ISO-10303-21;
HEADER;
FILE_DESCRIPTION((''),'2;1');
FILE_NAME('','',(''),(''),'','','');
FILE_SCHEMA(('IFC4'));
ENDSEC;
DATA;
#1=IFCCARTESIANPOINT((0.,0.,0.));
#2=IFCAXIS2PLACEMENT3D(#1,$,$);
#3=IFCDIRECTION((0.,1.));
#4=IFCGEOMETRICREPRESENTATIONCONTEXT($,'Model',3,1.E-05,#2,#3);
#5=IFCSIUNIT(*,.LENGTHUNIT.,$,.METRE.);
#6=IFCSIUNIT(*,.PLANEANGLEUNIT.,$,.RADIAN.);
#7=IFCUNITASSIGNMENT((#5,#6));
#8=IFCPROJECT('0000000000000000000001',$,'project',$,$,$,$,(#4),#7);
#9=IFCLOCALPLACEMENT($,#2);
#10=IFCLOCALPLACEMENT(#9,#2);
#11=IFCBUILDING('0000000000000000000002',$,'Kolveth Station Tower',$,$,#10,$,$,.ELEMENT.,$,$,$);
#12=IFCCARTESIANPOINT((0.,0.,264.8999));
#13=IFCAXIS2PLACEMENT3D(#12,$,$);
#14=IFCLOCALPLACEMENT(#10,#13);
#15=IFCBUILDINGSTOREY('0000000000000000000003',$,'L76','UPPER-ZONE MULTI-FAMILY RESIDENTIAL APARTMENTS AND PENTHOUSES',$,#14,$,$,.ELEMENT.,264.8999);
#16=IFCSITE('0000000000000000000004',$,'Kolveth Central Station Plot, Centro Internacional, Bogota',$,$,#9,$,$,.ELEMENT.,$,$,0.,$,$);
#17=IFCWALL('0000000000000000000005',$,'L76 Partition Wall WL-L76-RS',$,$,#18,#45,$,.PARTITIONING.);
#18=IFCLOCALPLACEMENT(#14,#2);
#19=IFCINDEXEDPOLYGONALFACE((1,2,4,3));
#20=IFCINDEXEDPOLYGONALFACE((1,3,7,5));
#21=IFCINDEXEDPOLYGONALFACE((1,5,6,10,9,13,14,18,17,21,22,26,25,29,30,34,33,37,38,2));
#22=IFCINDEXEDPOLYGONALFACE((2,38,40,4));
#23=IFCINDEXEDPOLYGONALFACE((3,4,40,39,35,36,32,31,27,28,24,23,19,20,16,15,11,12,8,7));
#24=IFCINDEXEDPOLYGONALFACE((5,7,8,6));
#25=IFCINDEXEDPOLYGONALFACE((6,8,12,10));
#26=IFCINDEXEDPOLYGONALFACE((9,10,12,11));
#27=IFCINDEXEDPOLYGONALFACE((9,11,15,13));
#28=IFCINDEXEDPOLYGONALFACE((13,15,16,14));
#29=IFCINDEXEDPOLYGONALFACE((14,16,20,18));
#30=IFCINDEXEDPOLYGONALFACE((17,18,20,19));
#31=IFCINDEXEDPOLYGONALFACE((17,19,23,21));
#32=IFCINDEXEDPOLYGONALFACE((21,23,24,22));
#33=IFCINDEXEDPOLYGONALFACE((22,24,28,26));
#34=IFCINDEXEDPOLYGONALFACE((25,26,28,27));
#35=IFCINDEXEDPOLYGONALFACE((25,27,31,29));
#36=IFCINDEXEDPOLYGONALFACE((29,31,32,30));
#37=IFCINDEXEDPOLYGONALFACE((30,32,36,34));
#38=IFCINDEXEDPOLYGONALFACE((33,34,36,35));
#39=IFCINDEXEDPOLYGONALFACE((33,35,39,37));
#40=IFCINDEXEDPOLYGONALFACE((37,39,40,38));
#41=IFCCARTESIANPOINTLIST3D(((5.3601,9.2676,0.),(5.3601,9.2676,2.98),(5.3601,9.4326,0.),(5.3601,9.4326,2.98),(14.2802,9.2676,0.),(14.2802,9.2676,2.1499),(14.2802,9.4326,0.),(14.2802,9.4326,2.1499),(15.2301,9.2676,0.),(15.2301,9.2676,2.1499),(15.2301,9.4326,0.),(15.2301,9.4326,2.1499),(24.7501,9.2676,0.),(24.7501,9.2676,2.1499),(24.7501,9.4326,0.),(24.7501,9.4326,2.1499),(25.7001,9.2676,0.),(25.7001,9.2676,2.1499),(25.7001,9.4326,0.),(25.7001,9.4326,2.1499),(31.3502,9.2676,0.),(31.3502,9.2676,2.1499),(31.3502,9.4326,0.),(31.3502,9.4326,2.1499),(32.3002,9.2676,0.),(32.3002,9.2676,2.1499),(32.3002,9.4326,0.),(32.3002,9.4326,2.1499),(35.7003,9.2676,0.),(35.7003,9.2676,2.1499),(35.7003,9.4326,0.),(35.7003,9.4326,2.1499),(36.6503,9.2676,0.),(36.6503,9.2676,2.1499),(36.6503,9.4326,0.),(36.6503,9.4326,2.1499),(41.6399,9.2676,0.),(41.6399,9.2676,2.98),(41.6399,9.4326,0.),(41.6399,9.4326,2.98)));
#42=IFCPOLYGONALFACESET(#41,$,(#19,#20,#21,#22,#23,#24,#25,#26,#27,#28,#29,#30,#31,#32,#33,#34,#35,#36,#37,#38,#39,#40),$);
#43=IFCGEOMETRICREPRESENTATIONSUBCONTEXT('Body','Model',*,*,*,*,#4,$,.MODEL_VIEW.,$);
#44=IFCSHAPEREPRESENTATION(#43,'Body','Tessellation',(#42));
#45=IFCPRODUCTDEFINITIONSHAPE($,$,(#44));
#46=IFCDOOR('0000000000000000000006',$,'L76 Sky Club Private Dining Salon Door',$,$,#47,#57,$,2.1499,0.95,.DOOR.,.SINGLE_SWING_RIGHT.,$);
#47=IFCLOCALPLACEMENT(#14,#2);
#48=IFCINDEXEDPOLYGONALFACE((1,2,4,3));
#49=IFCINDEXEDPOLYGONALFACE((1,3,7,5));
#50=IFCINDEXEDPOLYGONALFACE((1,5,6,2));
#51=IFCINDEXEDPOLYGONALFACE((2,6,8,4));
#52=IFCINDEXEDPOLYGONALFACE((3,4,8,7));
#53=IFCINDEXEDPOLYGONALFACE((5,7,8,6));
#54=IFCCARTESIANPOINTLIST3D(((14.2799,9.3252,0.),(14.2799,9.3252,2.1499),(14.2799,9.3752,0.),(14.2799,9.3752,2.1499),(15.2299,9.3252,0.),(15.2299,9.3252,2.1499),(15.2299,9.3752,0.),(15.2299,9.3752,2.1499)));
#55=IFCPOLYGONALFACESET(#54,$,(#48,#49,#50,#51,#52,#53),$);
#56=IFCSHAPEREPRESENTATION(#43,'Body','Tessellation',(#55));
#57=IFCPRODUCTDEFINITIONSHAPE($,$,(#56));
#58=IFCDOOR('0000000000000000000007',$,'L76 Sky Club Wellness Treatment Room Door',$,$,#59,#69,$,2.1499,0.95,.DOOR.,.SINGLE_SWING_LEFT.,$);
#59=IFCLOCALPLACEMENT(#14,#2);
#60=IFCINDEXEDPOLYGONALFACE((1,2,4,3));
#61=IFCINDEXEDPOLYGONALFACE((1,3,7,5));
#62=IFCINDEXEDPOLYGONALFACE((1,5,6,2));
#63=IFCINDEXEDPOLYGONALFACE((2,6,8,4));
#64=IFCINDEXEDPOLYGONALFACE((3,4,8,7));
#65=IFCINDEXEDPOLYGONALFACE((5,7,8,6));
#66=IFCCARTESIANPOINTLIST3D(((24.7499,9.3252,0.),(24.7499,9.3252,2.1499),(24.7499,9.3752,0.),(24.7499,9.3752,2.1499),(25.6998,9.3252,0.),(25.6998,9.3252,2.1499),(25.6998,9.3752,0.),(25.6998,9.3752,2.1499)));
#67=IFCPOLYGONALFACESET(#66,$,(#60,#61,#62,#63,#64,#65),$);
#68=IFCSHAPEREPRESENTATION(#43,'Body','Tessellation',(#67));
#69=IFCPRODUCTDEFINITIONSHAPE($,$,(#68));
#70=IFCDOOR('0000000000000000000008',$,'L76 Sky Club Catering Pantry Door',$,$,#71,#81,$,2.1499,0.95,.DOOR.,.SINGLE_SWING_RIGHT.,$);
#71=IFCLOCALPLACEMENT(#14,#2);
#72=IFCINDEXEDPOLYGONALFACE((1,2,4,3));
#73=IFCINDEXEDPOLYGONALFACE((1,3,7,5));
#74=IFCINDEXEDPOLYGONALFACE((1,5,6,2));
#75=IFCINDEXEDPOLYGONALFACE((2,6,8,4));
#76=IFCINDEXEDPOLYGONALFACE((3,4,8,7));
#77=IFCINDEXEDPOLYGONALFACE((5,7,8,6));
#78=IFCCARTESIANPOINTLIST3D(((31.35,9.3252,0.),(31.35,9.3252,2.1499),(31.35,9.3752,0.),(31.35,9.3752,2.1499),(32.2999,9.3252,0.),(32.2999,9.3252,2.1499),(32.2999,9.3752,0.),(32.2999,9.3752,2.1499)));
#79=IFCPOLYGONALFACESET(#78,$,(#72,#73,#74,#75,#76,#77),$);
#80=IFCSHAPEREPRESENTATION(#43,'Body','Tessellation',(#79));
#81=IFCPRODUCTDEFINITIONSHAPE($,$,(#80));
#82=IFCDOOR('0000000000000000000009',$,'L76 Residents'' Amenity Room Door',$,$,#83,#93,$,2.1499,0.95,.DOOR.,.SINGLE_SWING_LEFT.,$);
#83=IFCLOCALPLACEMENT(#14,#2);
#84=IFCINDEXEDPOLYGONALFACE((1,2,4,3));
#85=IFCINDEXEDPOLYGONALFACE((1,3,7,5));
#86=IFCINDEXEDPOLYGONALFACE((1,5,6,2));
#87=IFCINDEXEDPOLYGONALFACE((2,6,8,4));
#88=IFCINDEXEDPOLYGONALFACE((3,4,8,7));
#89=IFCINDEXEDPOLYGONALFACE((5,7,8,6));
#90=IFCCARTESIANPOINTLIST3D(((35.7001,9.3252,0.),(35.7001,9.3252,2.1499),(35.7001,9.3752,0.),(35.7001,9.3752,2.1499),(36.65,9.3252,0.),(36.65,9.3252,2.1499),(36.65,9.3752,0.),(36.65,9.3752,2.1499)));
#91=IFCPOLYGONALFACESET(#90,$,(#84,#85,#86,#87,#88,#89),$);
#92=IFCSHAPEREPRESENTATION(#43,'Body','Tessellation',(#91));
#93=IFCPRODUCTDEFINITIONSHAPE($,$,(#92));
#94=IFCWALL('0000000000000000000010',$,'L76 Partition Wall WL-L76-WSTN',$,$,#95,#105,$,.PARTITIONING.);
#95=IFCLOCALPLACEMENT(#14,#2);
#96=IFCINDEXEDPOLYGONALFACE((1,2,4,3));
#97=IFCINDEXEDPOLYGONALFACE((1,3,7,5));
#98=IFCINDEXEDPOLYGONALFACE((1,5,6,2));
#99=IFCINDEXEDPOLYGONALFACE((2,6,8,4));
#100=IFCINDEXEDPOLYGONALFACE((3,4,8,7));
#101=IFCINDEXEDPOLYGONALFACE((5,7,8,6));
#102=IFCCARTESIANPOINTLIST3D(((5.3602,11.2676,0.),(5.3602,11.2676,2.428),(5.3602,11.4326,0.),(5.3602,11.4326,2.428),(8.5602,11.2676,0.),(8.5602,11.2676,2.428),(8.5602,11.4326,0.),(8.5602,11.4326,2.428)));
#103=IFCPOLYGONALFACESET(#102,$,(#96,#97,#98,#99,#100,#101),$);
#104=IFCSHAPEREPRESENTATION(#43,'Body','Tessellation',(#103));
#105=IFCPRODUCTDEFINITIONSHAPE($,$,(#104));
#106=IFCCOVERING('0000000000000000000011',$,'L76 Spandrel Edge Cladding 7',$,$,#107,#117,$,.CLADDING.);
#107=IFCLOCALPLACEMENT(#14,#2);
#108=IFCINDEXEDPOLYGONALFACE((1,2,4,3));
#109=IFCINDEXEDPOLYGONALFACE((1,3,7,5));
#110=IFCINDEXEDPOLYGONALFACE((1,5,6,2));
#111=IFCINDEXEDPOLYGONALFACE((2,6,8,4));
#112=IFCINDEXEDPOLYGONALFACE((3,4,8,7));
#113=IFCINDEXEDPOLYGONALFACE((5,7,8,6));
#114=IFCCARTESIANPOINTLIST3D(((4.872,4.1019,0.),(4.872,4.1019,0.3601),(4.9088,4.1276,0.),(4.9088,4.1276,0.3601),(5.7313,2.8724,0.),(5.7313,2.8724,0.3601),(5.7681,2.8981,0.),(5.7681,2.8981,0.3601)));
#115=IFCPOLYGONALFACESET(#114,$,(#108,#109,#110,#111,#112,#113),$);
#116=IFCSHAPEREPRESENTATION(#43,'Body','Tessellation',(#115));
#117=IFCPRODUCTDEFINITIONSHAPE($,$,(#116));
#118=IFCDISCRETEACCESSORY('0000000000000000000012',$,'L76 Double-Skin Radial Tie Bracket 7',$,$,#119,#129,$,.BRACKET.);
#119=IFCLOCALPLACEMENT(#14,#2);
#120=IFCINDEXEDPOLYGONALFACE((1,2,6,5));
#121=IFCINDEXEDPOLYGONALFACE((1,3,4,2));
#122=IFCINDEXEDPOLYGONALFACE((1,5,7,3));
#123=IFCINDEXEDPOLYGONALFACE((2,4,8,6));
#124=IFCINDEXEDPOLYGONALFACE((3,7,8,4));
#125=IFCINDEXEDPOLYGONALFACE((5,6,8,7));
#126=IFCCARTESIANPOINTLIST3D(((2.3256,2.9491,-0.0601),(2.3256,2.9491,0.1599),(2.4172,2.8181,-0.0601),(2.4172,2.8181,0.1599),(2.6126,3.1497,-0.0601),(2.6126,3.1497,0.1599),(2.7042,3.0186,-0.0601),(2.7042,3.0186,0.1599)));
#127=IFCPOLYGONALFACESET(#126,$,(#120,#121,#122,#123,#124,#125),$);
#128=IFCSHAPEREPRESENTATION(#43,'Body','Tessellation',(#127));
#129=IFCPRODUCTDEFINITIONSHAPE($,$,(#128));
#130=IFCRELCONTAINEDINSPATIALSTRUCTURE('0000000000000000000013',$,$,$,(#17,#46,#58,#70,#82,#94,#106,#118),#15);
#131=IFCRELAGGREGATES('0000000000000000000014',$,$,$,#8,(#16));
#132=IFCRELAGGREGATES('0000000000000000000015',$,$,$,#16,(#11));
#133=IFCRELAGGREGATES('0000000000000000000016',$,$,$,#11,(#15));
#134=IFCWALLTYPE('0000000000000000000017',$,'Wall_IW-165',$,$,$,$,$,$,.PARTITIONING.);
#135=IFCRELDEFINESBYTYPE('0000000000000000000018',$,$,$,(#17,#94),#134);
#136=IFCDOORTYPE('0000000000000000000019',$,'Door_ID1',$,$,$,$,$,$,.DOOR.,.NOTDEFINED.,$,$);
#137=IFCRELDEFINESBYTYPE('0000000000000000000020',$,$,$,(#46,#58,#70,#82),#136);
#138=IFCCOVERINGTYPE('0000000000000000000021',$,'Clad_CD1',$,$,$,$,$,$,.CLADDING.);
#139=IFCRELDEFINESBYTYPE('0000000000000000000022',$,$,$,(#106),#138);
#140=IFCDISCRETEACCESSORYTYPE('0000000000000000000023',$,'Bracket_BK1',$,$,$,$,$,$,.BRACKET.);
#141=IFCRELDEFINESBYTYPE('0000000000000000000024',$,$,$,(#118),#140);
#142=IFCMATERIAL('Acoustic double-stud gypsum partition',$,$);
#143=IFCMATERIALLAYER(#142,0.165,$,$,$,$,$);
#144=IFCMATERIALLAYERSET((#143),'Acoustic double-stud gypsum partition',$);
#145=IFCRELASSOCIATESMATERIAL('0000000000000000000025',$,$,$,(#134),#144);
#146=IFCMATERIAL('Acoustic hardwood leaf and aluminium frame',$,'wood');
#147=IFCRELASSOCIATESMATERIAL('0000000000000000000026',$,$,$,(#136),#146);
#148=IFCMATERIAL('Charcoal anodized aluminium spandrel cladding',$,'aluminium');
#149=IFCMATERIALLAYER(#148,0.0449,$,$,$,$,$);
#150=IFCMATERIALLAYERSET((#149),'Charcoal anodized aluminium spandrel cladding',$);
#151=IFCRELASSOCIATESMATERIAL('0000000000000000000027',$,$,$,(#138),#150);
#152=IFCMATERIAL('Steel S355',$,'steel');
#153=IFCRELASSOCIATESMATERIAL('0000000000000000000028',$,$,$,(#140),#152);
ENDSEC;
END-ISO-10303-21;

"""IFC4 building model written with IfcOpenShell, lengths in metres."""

from ifc_helpers import new_model, si_unit, direction, frame, frame_2d, origin, origin_2d, place, context, subcontext, project, spatial, rectangle, extrude, source, transform, mapped, material, layer, layer_set, type_object, element, fill, save


model = new_model("IFC4")

# Units and contexts
model_context = context("Model", 3, precision=1e-05, world=origin(), true_north=direction((0.0, 1.0)))
body_context = subcontext(model_context, "Body", "Model", "MODEL_VIEW")
ifc_project = project(units=[si_unit("LENGTHUNIT", "METRE"), si_unit("PLANEANGLEUNIT", "RADIAN")], contexts=[model_context])

# Site, building, storey
site_placement = place(None, origin())
site = spatial("IfcSite", under=ifc_project, at=site_placement, Name="Kolveth Central Station Plot, Centro Internacional, Bogota", CompositionType="ELEMENT", RefElevation=0.0)
building_placement = place(site_placement, origin())
building = spatial("IfcBuilding", under=site, at=building_placement, Name="Kolveth Station Tower", CompositionType="ELEMENT")
storey_placement = place(building_placement, frame((0.0, 0.0, 264.8999)))
storey = spatial("IfcBuildingStorey", under=building, at=storey_placement, Name="L76", Description="UPPER-ZONE MULTI-FAMILY RESIDENTIAL APARTMENTS AND PENTHOUSES", CompositionType="ELEMENT", Elevation=264.8999)

# Shared definitions
ifc_material_1 = material(Name="Steel S355", Category="steel")

# Wall, openings, doors
ifc_material_2 = material(Name="Acoustic double-stud gypsum partition")
ifc_layer_1 = layer(ifc_material_2, 0.165)
ifc_layer_set_1 = layer_set([ifc_layer_1], Name="Acoustic double-stud gypsum partition")
wall_type = type_object("IfcWallType", Name="Wall_IW-165", PredefinedType="PARTITIONING", material=ifc_layer_set_1)
wall_1_placement = place(storey_placement, frame((5.3601, 9.3501, 0.0), z_axis=(0.0, 0.0, 1.0), x_axis=(1.0, 0.0, 0.0)))
wall_1 = element("IfcWall", 1, at=wall_1_placement, inside=storey, type_object=wall_type, Name="L76 Partition Wall WL-L76-RS", PredefinedType="PARTITIONING", context=body_context, shape_type="SweptSolid", body=[
    extrude(rectangle(XDim=36.2798, YDim=0.165, at=frame_2d((18.1399, 0.0))), origin(), (0.0, 0.0, 1.0), 2.98),
])
opening_1_placement = place(wall_1_placement, frame((8.9199, 0.0, 0.0)))
opening_1 = element("IfcOpeningElement", 2, at=opening_1_placement, cuts=wall_1, PredefinedType="OPENING", context=body_context, shape_type="SweptSolid", body=[
    extrude(rectangle(XDim=0.95, YDim=2.1499, at=frame_2d((0.4751, 1.075))), frame((0.0, 0.0925, 0.0), z_axis=(0.0, -1.0, 0.0), x_axis=(1.0, 0.0, 0.0)), (0.0, 0.0, 1.0), 0.1851),
])
opening_2_placement = place(wall_1_placement, frame((19.3899, 0.0, 0.0)))
opening_2 = element("IfcOpeningElement", 3, at=opening_2_placement, cuts=wall_1, PredefinedType="OPENING", context=body_context, shape_type="SweptSolid", body=[
    extrude(rectangle(XDim=0.95, YDim=2.1499, at=frame_2d((0.4751, 1.075))), frame((0.0, 0.0925, 0.0), z_axis=(0.0, -1.0, 0.0), x_axis=(1.0, 0.0, 0.0)), (0.0, 0.0, 1.0), 0.1851),
])
opening_3_placement = place(wall_1_placement, frame((25.99, 0.0, 0.0)))
opening_3 = element("IfcOpeningElement", 4, at=opening_3_placement, cuts=wall_1, PredefinedType="OPENING", context=body_context, shape_type="SweptSolid", body=[
    extrude(rectangle(XDim=0.95, YDim=2.1499, at=frame_2d((0.4751, 1.075))), frame((0.0, 0.0925, 0.0), z_axis=(0.0, -1.0, 0.0), x_axis=(1.0, 0.0, 0.0)), (0.0, 0.0, 1.0), 0.1851),
])
opening_4_placement = place(wall_1_placement, frame((30.3401, 0.0, 0.0)))
opening_4 = element("IfcOpeningElement", 5, at=opening_4_placement, cuts=wall_1, PredefinedType="OPENING", context=body_context, shape_type="SweptSolid", body=[
    extrude(rectangle(XDim=0.95, YDim=2.1499, at=frame_2d((0.4751, 1.075))), frame((0.0, 0.0925, 0.0), z_axis=(0.0, -1.0, 0.0), x_axis=(1.0, 0.0, 0.0)), (0.0, 0.0, 1.0), 0.1851),
])
ifc_material_3 = material(Name="Acoustic hardwood leaf and aluminium frame", Category="wood")
door_type = type_object("IfcDoorType", Name="Door_ID1", OperationType="NOTDEFINED", PredefinedType="DOOR", material=ifc_material_3)
door_1_placement = place(opening_1_placement, frame((0.95, 0.0, 0.0), z_axis=(0.0, 0.0, 1.0), x_axis=(-1.0, 0.0, 0.0)))
door_1 = element("IfcDoor", 6, at=door_1_placement, inside=storey, type_object=door_type, Name="L76 Sky Club Private Dining Salon Door", OperationType="SINGLE_SWING_RIGHT", OverallHeight=2.1499, OverallWidth=0.95, PredefinedType="DOOR", context=body_context, shape_type="SweptSolid", body=[
    extrude(rectangle(XDim=0.95, YDim=2.1499, at=frame_2d((0.4751, 1.075))), frame((0.0, 0.0249, 0.0), z_axis=(0.0, -1.0, 0.0), x_axis=(1.0, 0.0, 0.0)), (0.0, 0.0, 1.0), 0.05),
])
fill(opening_1, door_1)
door_2_placement = place(opening_2_placement, frame((0.95, 0.0, 0.0), z_axis=(0.0, 0.0, 1.0), x_axis=(-1.0, 0.0, 0.0)))
door_2 = element("IfcDoor", 7, at=door_2_placement, inside=storey, type_object=door_type, Name="L76 Sky Club Wellness Treatment Room Door", OperationType="SINGLE_SWING_LEFT", OverallHeight=2.1499, OverallWidth=0.95, PredefinedType="DOOR", context=body_context, shape_type="SweptSolid", body=[
    extrude(rectangle(XDim=0.95, YDim=2.1499, at=frame_2d((0.4751, 1.075))), frame((0.0, 0.0249, 0.0), z_axis=(0.0, -1.0, 0.0), x_axis=(1.0, 0.0, 0.0)), (0.0, 0.0, 1.0), 0.05),
])
fill(opening_2, door_2)
door_3_placement = place(opening_3_placement, frame((0.95, 0.0, 0.0), z_axis=(0.0, 0.0, 1.0), x_axis=(-1.0, 0.0, 0.0)))
door_3 = element("IfcDoor", 8, at=door_3_placement, inside=storey, type_object=door_type, Name="L76 Sky Club Catering Pantry Door", OperationType="SINGLE_SWING_RIGHT", OverallHeight=2.1499, OverallWidth=0.95, PredefinedType="DOOR", context=body_context, shape_type="SweptSolid", body=[
    extrude(rectangle(XDim=0.95, YDim=2.1499, at=frame_2d((0.4751, 1.075))), frame((0.0, 0.0249, 0.0), z_axis=(0.0, -1.0, 0.0), x_axis=(1.0, 0.0, 0.0)), (0.0, 0.0, 1.0), 0.05),
])
fill(opening_3, door_3)
door_4_placement = place(opening_4_placement, frame((0.95, 0.0, 0.0), z_axis=(0.0, 0.0, 1.0), x_axis=(-1.0, 0.0, 0.0)))
door_4 = element("IfcDoor", 9, at=door_4_placement, inside=storey, type_object=door_type, Name="L76 Residents' Amenity Room Door", OperationType="SINGLE_SWING_LEFT", OverallHeight=2.1499, OverallWidth=0.95, PredefinedType="DOOR", context=body_context, shape_type="SweptSolid", body=[
    extrude(rectangle(XDim=0.95, YDim=2.1499, at=frame_2d((0.4751, 1.075))), frame((0.0, 0.0249, 0.0), z_axis=(0.0, -1.0, 0.0), x_axis=(1.0, 0.0, 0.0)), (0.0, 0.0, 1.0), 0.05),
])
fill(opening_4, door_4)

# Wall
wall_2_placement = place(storey_placement, frame((5.3601, 11.3501, 0.0), z_axis=(0.0, 0.0, 1.0), x_axis=(1.0, 0.0, 0.0)))
element("IfcWall", 10, at=wall_2_placement, inside=storey, type_object=wall_type, Name="L76 Partition Wall WL-L76-WSTN", PredefinedType="PARTITIONING", context=body_context, shape_type="SweptSolid", body=[
    extrude(rectangle(XDim=3.2, YDim=0.165, at=frame_2d((1.6001, 0.0))), origin(), (0.0, 0.0, 1.0), 2.428),
])

# Covering
ifc_material_4 = material(Name="Charcoal anodized aluminium spandrel cladding", Category="aluminium")
ifc_layer_2 = layer(ifc_material_4, 0.0449)
ifc_layer_set_2 = layer_set([ifc_layer_2], Name="Charcoal anodized aluminium spandrel cladding")
covering_type = type_object("IfcCoveringType", Name="Clad_CD1", PredefinedType="CLADDING", material=ifc_layer_set_2)
shared_shape_1 = source(origin(), body_context, "Body", "SweptSolid", [
    extrude(rectangle(XDim=1.5, YDim=0.0449, at=origin_2d()), origin(), (0.0, 0.0, 1.0), 0.3601),
])
covering_placement = place(storey_placement, frame((5.3201, 3.5, 0.0), z_axis=(0.0, 0.0, 1.0), x_axis=(0.572861, -0.819652, 0.0)))
element("IfcCovering", 11, at=covering_placement, inside=storey, type_object=covering_type, Name="L76 Spandrel Edge Cladding 7", PredefinedType="CLADDING", context=body_context, shape_type="MappedRepresentation", body=[
    mapped(shared_shape_1, transform((0.0, 0.0, 0.0), x_axis=(1.0, 0.0, 0.0), y_axis=(0.0, 1.0, 0.0), z_axis=(0.0, 0.0, 1.0), scale=1.0)),
])

# Discrete accessory
discrete_accessory_type = type_object("IfcDiscreteAccessoryType", Name="Bracket_BK1", PredefinedType="BRACKET", material=ifc_material_1)
shared_shape_2 = source(origin(), body_context, "Body", "SweptSolid", [
    extrude(rectangle(XDim=0.3501, YDim=0.1599, at=origin_2d()), origin(), (0.0, 0.0, 1.0), 0.22),
])
discrete_accessory_placement = place(storey_placement, frame((2.5149, 2.9839, -0.0601), z_axis=(0.0, 0.0, 1.0), x_axis=(-0.819652, -0.572861, 0.0)))
element("IfcDiscreteAccessory", 12, at=discrete_accessory_placement, inside=storey, type_object=discrete_accessory_type, Name="L76 Double-Skin Radial Tie Bracket 7", PredefinedType="BRACKET", context=body_context, shape_type="MappedRepresentation", body=[
    mapped(shared_shape_2, transform((0.0, 0.0, 0.0), x_axis=(1.0, 0.0, 0.0), y_axis=(0.0, 1.0, 0.0), z_axis=(0.0, 0.0, 1.0), scale=1.0)),
])

save(model, "model.ifc")
